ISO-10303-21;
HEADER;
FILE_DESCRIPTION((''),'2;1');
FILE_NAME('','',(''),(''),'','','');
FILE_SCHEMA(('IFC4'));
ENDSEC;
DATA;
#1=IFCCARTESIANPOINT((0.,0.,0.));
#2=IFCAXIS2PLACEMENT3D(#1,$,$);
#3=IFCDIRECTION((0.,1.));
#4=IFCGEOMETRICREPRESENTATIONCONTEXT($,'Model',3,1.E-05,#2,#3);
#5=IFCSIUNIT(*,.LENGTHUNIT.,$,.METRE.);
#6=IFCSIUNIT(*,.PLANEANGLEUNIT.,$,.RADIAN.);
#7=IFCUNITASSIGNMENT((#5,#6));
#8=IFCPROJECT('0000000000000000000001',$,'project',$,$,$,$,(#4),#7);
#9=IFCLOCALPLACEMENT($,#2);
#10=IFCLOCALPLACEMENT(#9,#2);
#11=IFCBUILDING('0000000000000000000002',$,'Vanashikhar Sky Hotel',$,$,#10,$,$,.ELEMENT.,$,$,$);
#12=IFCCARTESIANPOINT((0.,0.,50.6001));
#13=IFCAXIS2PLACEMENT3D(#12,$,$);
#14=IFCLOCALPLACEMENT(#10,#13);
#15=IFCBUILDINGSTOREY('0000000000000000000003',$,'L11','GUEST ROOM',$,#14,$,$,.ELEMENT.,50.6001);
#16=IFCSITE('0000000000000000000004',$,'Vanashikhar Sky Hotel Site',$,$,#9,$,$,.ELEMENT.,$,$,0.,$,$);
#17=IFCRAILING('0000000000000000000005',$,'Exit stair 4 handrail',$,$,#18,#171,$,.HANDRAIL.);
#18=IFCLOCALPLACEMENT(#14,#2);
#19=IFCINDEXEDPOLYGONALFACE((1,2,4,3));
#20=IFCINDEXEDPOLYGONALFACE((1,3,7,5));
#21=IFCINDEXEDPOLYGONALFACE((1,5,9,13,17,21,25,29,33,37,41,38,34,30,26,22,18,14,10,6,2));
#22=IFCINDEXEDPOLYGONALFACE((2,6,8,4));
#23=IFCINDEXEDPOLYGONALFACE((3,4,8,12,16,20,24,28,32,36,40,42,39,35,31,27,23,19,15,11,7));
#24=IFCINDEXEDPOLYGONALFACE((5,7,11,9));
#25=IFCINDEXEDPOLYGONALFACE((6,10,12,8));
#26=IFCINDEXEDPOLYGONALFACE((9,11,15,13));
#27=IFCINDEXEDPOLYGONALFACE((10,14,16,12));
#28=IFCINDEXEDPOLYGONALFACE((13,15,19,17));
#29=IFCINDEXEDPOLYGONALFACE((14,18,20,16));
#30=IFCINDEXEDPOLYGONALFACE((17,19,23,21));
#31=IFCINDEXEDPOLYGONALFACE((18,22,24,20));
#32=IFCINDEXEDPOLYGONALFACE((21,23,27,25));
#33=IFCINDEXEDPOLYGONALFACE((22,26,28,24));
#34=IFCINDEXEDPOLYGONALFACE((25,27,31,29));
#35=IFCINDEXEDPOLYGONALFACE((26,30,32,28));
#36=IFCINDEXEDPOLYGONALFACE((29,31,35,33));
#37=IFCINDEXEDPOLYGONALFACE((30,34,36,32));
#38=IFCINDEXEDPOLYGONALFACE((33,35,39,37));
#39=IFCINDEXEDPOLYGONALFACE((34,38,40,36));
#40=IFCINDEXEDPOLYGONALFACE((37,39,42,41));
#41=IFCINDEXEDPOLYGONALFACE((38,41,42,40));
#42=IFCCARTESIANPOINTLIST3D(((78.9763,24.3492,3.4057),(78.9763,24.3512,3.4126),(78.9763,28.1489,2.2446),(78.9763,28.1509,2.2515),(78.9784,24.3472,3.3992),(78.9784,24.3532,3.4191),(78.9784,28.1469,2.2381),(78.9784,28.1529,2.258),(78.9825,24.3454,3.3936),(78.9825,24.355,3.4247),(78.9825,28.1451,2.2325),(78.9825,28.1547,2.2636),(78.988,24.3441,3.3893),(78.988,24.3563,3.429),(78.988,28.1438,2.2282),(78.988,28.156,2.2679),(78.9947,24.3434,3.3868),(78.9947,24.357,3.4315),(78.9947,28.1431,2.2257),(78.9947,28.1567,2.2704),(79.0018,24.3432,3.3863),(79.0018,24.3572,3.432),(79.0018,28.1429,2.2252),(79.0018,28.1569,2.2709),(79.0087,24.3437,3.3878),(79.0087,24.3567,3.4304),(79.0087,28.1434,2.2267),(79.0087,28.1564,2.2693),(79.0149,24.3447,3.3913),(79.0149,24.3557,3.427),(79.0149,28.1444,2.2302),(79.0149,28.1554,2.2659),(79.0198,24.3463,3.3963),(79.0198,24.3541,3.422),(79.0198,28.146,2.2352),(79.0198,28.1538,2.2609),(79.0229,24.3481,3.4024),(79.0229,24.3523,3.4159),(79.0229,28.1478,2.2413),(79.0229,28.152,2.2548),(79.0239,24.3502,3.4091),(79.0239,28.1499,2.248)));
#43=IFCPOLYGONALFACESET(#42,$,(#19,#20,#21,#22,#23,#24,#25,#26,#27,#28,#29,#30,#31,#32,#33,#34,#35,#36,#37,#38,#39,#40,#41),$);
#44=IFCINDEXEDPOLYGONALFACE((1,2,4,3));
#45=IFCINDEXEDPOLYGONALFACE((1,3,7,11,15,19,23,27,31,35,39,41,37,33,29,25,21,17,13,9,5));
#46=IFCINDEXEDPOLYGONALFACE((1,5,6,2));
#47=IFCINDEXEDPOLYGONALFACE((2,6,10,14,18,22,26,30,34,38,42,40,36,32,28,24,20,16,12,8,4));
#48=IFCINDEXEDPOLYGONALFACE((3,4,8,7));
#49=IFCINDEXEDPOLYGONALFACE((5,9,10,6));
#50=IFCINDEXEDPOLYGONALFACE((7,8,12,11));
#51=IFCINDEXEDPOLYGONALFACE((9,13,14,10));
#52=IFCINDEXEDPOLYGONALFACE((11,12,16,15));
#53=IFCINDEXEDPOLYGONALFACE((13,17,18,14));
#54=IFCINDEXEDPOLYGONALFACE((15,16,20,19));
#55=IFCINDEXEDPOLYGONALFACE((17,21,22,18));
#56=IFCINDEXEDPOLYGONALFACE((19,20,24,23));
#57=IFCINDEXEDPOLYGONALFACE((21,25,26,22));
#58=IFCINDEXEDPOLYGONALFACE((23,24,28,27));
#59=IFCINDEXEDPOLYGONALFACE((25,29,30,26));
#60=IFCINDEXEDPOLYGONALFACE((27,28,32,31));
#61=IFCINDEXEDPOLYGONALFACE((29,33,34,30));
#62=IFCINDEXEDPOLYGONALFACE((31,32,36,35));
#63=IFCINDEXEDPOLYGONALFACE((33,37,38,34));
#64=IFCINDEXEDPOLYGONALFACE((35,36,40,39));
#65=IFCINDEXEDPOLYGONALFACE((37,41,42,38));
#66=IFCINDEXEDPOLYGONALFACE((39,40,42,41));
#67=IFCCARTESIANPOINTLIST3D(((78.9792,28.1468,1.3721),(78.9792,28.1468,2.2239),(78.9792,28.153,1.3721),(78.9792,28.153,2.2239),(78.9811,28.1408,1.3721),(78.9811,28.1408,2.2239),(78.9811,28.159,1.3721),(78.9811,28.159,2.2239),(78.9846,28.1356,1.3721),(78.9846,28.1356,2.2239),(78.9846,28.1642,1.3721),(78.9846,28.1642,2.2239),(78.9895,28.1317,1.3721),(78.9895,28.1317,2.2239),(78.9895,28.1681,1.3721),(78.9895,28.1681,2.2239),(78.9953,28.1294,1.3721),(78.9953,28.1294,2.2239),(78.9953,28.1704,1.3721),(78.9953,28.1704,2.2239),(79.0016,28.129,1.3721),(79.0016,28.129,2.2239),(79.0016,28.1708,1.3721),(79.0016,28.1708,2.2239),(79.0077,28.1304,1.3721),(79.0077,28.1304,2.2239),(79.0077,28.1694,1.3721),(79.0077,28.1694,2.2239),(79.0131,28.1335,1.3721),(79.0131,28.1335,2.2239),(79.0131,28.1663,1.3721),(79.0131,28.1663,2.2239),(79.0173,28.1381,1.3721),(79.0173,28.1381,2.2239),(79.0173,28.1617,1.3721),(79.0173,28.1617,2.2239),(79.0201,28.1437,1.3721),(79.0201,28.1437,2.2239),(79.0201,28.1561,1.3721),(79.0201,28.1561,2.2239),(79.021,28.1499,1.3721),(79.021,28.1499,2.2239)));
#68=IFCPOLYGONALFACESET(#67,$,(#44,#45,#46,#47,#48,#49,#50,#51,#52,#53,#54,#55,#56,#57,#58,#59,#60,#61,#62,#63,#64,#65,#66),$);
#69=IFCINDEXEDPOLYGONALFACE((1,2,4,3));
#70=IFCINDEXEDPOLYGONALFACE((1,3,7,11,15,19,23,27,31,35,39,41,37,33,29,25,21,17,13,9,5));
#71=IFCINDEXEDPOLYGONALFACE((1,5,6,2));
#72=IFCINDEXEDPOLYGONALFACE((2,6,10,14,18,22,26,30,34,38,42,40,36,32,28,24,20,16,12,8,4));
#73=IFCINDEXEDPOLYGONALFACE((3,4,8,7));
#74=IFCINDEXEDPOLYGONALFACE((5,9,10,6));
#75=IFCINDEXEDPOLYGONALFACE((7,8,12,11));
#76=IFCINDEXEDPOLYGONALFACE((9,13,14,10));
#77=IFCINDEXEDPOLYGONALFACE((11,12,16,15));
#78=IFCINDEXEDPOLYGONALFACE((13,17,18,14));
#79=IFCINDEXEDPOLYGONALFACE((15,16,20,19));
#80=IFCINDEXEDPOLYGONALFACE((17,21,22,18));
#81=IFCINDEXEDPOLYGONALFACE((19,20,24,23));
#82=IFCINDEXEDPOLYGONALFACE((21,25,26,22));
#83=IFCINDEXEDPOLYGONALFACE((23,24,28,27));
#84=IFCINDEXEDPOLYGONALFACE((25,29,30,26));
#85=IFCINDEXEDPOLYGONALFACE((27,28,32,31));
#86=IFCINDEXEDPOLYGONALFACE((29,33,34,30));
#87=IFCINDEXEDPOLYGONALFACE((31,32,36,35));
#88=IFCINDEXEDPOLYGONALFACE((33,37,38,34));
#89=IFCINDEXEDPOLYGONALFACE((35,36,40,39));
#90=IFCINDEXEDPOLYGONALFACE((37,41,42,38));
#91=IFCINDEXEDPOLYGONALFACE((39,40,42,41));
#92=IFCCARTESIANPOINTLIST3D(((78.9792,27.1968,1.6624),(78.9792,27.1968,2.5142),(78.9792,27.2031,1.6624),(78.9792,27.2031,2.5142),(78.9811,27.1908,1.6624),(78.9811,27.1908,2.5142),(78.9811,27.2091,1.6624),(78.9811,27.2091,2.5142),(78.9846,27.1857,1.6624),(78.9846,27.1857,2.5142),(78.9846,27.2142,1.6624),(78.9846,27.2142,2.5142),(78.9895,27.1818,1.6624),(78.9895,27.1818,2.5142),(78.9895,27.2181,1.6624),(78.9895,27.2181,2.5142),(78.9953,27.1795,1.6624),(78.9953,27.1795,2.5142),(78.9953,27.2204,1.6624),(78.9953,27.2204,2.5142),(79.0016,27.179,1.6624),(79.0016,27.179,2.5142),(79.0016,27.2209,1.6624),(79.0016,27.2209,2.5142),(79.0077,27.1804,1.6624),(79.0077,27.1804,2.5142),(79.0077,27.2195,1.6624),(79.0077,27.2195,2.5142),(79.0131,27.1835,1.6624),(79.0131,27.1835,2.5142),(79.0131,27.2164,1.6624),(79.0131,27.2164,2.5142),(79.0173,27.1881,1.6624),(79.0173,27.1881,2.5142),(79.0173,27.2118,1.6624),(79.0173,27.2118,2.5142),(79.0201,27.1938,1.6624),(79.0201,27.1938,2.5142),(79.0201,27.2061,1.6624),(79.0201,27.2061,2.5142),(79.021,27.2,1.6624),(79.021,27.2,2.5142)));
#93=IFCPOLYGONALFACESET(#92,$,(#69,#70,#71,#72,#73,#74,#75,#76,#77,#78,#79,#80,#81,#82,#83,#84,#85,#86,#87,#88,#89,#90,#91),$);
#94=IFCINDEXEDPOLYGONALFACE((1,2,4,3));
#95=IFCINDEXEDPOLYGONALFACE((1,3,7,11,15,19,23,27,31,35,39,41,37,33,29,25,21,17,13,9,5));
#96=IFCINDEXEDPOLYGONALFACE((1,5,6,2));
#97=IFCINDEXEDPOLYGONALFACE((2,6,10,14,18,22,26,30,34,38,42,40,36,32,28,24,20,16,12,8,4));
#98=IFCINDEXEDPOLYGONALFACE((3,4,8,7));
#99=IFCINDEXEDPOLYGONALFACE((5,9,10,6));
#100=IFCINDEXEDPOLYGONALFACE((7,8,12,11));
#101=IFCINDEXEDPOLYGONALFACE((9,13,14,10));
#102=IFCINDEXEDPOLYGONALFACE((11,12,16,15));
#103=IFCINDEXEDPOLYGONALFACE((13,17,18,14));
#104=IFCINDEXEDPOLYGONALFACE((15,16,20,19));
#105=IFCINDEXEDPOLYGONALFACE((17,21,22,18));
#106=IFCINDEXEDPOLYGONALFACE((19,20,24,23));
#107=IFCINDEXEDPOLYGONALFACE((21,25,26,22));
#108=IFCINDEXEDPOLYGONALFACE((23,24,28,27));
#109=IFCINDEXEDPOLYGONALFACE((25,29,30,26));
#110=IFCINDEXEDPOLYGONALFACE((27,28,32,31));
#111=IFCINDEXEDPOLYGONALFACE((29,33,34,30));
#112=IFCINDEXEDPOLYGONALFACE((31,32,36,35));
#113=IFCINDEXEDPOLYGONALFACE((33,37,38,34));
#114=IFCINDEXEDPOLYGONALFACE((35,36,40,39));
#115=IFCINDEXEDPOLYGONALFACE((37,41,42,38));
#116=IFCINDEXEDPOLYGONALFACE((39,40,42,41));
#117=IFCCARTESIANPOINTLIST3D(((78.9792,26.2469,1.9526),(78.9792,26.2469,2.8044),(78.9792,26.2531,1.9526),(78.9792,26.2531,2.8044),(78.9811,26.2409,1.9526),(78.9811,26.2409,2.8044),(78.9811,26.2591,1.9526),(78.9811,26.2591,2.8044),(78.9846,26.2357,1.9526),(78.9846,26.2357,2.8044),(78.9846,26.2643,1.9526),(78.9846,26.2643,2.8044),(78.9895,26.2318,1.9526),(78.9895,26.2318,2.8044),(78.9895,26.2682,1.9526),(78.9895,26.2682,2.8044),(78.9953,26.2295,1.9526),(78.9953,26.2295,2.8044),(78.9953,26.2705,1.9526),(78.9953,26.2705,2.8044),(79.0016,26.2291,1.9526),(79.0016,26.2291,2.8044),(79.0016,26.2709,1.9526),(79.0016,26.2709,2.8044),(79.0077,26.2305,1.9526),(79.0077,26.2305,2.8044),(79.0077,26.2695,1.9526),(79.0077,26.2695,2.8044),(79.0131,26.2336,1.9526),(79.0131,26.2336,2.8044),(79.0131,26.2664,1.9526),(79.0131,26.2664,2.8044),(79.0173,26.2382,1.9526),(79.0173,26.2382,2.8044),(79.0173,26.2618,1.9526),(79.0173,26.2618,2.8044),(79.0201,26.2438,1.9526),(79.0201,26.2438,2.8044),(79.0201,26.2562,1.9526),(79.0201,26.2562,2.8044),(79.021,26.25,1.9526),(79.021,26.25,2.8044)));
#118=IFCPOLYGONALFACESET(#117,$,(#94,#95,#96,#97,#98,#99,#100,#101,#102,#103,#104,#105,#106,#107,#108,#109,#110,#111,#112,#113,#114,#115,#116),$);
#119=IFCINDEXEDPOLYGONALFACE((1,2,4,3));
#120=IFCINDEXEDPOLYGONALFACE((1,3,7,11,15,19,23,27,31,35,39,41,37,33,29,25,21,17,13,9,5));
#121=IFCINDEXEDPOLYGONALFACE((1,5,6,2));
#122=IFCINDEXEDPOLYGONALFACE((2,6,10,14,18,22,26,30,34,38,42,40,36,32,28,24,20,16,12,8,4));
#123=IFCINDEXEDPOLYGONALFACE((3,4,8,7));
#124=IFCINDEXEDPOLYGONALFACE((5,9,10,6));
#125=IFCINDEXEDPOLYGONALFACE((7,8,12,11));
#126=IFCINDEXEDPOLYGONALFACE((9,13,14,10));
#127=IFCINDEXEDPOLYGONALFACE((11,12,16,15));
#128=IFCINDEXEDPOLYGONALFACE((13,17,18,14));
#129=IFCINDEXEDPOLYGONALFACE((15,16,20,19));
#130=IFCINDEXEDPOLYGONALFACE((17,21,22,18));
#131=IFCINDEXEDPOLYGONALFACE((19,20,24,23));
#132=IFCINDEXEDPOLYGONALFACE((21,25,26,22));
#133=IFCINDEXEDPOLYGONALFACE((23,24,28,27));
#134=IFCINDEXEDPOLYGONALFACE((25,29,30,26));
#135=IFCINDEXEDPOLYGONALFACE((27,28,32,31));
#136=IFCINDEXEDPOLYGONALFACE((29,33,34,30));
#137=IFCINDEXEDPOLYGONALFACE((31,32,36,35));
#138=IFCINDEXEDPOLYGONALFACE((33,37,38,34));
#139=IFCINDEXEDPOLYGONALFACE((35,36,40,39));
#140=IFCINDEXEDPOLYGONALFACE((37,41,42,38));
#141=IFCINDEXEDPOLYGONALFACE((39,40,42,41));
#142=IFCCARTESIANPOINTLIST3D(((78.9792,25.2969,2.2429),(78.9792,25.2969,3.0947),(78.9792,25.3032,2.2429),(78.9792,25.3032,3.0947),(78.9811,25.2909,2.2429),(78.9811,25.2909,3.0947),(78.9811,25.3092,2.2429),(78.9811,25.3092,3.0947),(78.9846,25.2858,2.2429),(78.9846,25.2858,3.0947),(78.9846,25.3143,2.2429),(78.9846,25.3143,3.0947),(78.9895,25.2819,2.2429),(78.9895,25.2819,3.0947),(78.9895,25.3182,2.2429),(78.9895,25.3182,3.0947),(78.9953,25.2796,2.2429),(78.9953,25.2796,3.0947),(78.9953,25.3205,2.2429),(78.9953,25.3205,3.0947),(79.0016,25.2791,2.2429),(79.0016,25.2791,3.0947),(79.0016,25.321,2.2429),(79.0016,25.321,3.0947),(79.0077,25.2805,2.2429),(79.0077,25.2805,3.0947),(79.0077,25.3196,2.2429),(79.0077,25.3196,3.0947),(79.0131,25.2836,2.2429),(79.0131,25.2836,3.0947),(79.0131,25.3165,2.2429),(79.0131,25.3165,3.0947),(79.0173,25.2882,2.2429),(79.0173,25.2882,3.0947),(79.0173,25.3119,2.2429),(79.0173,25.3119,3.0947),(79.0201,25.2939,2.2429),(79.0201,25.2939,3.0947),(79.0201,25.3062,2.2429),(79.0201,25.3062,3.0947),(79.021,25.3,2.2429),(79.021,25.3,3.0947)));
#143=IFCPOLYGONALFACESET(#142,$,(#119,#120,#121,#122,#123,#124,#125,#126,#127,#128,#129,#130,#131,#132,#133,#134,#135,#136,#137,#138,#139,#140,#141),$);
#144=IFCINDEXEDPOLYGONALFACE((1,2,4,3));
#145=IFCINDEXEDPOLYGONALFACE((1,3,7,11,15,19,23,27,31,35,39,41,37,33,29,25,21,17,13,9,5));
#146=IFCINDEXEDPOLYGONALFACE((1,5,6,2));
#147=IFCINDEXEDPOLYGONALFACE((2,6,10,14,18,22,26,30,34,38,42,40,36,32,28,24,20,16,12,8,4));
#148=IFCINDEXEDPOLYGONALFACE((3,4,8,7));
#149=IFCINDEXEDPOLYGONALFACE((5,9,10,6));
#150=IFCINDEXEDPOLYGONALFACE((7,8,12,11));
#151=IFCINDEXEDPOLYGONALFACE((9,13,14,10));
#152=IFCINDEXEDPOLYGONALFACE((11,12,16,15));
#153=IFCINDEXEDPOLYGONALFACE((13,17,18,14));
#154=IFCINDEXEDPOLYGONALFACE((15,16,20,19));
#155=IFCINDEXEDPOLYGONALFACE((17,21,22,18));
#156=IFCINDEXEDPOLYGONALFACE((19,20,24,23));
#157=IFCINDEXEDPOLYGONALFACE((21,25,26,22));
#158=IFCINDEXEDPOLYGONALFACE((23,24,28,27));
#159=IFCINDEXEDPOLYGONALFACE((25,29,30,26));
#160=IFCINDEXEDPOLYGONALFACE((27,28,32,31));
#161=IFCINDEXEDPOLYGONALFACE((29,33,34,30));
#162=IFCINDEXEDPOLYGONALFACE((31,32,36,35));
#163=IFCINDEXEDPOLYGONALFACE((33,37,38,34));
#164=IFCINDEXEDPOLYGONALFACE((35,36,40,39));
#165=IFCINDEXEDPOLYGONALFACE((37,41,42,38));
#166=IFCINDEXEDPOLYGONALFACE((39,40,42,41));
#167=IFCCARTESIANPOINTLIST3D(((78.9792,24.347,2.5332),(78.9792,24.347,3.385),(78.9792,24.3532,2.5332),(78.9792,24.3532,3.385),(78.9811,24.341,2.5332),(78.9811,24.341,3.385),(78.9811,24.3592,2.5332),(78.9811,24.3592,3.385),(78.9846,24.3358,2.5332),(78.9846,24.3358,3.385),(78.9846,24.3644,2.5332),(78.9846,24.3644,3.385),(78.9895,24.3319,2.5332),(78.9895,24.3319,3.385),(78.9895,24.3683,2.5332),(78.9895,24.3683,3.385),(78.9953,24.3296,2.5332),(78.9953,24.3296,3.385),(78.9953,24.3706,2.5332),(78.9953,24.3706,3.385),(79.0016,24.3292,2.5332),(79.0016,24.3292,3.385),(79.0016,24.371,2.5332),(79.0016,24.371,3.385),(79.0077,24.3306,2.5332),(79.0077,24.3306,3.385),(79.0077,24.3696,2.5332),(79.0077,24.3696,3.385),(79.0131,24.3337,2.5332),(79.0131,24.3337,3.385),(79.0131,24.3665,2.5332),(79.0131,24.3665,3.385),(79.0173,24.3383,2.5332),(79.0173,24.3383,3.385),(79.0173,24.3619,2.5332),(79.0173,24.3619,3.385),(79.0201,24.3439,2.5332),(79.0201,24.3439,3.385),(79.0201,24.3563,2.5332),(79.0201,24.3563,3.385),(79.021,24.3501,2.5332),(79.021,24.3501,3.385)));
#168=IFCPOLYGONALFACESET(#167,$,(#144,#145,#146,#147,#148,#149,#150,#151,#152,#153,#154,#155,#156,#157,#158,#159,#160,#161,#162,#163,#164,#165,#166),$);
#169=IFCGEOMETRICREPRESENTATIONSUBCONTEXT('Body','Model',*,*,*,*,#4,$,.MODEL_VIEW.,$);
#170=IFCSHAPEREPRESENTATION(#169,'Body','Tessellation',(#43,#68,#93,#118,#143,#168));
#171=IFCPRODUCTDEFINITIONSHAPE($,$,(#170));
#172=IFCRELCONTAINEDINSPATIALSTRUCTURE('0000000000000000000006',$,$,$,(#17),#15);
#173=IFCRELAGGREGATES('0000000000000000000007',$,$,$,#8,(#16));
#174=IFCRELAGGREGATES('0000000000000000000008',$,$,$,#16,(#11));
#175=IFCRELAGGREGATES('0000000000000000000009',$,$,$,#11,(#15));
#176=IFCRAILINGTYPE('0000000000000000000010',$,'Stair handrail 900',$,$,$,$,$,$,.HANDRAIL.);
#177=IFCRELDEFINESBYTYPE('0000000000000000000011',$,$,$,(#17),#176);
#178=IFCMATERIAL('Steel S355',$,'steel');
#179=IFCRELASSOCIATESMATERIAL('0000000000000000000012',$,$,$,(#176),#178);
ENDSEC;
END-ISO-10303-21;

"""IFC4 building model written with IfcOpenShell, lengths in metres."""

from ifc_helpers import new_model, si_unit, direction, frame, origin, origin_2d, place, context, subcontext, project, spatial, circle, extrude, source, transform, mapped, material, type_object, element, save


model = new_model("IFC4")

# Units and contexts
model_context = context("Model", 3, precision=1e-05, world=origin(), true_north=direction((0.0, 1.0)))
body_context = subcontext(model_context, "Body", "Model", "MODEL_VIEW")
ifc_project = project(units=[si_unit("LENGTHUNIT", "METRE"), si_unit("PLANEANGLEUNIT", "RADIAN")], contexts=[model_context])

# Site, building, storey
site_placement = place(None, origin())
site = spatial("IfcSite", under=ifc_project, at=site_placement, Name="Vanashikhar Sky Hotel Site", CompositionType="ELEMENT", RefElevation=0.0)
building_placement = place(site_placement, origin())
building = spatial("IfcBuilding", under=site, at=building_placement, Name="Vanashikhar Sky Hotel", CompositionType="ELEMENT")
storey_placement = place(building_placement, frame((0.0, 0.0, 50.6001)))
storey = spatial("IfcBuildingStorey", under=building, at=storey_placement, Name="L11", Description="GUEST ROOM", CompositionType="ELEMENT", Elevation=50.6001)

# Railing
ifc_material_1 = material(Name="Steel S355", Category="steel")
railing_type_1 = type_object("IfcRailingType", Name="Stair handrail 900", PredefinedType="HANDRAIL", material=ifc_material_1)
shared_shape_1 = source(origin(), body_context, "Body", "SweptSolid", [
    extrude(circle(Radius=0.0239, at=origin_2d()), frame((0.0, 0.0, 0.876), z_axis=(0.0, -0.956346, 0.292237), x_axis=(1.0, 0.0, 0.0)), (0.0, 0.0, 1.0), 3.9731),
    extrude(circle(Radius=0.021, at=origin_2d()), origin(), (0.0, 0.0, 1.0), 0.8518),
    extrude(circle(Radius=0.021, at=origin_2d()), frame((0.0, -0.95, 0.2903)), (0.0, 0.0, 1.0), 0.8518),
    extrude(circle(Radius=0.021, at=origin_2d()), frame((0.0, -1.8999, 0.5806)), (0.0, 0.0, 1.0), 0.8518),
    extrude(circle(Radius=0.021, at=origin_2d()), frame((0.0, -2.8499, 0.8708)), (0.0, 0.0, 1.0), 0.8518),
    extrude(circle(Radius=0.021, at=origin_2d()), frame((0.0, -3.7998, 1.1611)), (0.0, 0.0, 1.0), 0.8518),
])
railing_1_placement = place(storey_placement, frame((79.0, 28.1499, 1.3721)))
element("IfcRailing", 1, at=railing_1_placement, inside=storey, type_object=railing_type_1, Name="Exit stair 4 handrail", PredefinedType="HANDRAIL", context=body_context, shape_type="MappedRepresentation", body=[
    mapped(shared_shape_1, transform((0.0, 0.0, 0.0), scale=1.0)),
])

save(model, "model.ifc")
